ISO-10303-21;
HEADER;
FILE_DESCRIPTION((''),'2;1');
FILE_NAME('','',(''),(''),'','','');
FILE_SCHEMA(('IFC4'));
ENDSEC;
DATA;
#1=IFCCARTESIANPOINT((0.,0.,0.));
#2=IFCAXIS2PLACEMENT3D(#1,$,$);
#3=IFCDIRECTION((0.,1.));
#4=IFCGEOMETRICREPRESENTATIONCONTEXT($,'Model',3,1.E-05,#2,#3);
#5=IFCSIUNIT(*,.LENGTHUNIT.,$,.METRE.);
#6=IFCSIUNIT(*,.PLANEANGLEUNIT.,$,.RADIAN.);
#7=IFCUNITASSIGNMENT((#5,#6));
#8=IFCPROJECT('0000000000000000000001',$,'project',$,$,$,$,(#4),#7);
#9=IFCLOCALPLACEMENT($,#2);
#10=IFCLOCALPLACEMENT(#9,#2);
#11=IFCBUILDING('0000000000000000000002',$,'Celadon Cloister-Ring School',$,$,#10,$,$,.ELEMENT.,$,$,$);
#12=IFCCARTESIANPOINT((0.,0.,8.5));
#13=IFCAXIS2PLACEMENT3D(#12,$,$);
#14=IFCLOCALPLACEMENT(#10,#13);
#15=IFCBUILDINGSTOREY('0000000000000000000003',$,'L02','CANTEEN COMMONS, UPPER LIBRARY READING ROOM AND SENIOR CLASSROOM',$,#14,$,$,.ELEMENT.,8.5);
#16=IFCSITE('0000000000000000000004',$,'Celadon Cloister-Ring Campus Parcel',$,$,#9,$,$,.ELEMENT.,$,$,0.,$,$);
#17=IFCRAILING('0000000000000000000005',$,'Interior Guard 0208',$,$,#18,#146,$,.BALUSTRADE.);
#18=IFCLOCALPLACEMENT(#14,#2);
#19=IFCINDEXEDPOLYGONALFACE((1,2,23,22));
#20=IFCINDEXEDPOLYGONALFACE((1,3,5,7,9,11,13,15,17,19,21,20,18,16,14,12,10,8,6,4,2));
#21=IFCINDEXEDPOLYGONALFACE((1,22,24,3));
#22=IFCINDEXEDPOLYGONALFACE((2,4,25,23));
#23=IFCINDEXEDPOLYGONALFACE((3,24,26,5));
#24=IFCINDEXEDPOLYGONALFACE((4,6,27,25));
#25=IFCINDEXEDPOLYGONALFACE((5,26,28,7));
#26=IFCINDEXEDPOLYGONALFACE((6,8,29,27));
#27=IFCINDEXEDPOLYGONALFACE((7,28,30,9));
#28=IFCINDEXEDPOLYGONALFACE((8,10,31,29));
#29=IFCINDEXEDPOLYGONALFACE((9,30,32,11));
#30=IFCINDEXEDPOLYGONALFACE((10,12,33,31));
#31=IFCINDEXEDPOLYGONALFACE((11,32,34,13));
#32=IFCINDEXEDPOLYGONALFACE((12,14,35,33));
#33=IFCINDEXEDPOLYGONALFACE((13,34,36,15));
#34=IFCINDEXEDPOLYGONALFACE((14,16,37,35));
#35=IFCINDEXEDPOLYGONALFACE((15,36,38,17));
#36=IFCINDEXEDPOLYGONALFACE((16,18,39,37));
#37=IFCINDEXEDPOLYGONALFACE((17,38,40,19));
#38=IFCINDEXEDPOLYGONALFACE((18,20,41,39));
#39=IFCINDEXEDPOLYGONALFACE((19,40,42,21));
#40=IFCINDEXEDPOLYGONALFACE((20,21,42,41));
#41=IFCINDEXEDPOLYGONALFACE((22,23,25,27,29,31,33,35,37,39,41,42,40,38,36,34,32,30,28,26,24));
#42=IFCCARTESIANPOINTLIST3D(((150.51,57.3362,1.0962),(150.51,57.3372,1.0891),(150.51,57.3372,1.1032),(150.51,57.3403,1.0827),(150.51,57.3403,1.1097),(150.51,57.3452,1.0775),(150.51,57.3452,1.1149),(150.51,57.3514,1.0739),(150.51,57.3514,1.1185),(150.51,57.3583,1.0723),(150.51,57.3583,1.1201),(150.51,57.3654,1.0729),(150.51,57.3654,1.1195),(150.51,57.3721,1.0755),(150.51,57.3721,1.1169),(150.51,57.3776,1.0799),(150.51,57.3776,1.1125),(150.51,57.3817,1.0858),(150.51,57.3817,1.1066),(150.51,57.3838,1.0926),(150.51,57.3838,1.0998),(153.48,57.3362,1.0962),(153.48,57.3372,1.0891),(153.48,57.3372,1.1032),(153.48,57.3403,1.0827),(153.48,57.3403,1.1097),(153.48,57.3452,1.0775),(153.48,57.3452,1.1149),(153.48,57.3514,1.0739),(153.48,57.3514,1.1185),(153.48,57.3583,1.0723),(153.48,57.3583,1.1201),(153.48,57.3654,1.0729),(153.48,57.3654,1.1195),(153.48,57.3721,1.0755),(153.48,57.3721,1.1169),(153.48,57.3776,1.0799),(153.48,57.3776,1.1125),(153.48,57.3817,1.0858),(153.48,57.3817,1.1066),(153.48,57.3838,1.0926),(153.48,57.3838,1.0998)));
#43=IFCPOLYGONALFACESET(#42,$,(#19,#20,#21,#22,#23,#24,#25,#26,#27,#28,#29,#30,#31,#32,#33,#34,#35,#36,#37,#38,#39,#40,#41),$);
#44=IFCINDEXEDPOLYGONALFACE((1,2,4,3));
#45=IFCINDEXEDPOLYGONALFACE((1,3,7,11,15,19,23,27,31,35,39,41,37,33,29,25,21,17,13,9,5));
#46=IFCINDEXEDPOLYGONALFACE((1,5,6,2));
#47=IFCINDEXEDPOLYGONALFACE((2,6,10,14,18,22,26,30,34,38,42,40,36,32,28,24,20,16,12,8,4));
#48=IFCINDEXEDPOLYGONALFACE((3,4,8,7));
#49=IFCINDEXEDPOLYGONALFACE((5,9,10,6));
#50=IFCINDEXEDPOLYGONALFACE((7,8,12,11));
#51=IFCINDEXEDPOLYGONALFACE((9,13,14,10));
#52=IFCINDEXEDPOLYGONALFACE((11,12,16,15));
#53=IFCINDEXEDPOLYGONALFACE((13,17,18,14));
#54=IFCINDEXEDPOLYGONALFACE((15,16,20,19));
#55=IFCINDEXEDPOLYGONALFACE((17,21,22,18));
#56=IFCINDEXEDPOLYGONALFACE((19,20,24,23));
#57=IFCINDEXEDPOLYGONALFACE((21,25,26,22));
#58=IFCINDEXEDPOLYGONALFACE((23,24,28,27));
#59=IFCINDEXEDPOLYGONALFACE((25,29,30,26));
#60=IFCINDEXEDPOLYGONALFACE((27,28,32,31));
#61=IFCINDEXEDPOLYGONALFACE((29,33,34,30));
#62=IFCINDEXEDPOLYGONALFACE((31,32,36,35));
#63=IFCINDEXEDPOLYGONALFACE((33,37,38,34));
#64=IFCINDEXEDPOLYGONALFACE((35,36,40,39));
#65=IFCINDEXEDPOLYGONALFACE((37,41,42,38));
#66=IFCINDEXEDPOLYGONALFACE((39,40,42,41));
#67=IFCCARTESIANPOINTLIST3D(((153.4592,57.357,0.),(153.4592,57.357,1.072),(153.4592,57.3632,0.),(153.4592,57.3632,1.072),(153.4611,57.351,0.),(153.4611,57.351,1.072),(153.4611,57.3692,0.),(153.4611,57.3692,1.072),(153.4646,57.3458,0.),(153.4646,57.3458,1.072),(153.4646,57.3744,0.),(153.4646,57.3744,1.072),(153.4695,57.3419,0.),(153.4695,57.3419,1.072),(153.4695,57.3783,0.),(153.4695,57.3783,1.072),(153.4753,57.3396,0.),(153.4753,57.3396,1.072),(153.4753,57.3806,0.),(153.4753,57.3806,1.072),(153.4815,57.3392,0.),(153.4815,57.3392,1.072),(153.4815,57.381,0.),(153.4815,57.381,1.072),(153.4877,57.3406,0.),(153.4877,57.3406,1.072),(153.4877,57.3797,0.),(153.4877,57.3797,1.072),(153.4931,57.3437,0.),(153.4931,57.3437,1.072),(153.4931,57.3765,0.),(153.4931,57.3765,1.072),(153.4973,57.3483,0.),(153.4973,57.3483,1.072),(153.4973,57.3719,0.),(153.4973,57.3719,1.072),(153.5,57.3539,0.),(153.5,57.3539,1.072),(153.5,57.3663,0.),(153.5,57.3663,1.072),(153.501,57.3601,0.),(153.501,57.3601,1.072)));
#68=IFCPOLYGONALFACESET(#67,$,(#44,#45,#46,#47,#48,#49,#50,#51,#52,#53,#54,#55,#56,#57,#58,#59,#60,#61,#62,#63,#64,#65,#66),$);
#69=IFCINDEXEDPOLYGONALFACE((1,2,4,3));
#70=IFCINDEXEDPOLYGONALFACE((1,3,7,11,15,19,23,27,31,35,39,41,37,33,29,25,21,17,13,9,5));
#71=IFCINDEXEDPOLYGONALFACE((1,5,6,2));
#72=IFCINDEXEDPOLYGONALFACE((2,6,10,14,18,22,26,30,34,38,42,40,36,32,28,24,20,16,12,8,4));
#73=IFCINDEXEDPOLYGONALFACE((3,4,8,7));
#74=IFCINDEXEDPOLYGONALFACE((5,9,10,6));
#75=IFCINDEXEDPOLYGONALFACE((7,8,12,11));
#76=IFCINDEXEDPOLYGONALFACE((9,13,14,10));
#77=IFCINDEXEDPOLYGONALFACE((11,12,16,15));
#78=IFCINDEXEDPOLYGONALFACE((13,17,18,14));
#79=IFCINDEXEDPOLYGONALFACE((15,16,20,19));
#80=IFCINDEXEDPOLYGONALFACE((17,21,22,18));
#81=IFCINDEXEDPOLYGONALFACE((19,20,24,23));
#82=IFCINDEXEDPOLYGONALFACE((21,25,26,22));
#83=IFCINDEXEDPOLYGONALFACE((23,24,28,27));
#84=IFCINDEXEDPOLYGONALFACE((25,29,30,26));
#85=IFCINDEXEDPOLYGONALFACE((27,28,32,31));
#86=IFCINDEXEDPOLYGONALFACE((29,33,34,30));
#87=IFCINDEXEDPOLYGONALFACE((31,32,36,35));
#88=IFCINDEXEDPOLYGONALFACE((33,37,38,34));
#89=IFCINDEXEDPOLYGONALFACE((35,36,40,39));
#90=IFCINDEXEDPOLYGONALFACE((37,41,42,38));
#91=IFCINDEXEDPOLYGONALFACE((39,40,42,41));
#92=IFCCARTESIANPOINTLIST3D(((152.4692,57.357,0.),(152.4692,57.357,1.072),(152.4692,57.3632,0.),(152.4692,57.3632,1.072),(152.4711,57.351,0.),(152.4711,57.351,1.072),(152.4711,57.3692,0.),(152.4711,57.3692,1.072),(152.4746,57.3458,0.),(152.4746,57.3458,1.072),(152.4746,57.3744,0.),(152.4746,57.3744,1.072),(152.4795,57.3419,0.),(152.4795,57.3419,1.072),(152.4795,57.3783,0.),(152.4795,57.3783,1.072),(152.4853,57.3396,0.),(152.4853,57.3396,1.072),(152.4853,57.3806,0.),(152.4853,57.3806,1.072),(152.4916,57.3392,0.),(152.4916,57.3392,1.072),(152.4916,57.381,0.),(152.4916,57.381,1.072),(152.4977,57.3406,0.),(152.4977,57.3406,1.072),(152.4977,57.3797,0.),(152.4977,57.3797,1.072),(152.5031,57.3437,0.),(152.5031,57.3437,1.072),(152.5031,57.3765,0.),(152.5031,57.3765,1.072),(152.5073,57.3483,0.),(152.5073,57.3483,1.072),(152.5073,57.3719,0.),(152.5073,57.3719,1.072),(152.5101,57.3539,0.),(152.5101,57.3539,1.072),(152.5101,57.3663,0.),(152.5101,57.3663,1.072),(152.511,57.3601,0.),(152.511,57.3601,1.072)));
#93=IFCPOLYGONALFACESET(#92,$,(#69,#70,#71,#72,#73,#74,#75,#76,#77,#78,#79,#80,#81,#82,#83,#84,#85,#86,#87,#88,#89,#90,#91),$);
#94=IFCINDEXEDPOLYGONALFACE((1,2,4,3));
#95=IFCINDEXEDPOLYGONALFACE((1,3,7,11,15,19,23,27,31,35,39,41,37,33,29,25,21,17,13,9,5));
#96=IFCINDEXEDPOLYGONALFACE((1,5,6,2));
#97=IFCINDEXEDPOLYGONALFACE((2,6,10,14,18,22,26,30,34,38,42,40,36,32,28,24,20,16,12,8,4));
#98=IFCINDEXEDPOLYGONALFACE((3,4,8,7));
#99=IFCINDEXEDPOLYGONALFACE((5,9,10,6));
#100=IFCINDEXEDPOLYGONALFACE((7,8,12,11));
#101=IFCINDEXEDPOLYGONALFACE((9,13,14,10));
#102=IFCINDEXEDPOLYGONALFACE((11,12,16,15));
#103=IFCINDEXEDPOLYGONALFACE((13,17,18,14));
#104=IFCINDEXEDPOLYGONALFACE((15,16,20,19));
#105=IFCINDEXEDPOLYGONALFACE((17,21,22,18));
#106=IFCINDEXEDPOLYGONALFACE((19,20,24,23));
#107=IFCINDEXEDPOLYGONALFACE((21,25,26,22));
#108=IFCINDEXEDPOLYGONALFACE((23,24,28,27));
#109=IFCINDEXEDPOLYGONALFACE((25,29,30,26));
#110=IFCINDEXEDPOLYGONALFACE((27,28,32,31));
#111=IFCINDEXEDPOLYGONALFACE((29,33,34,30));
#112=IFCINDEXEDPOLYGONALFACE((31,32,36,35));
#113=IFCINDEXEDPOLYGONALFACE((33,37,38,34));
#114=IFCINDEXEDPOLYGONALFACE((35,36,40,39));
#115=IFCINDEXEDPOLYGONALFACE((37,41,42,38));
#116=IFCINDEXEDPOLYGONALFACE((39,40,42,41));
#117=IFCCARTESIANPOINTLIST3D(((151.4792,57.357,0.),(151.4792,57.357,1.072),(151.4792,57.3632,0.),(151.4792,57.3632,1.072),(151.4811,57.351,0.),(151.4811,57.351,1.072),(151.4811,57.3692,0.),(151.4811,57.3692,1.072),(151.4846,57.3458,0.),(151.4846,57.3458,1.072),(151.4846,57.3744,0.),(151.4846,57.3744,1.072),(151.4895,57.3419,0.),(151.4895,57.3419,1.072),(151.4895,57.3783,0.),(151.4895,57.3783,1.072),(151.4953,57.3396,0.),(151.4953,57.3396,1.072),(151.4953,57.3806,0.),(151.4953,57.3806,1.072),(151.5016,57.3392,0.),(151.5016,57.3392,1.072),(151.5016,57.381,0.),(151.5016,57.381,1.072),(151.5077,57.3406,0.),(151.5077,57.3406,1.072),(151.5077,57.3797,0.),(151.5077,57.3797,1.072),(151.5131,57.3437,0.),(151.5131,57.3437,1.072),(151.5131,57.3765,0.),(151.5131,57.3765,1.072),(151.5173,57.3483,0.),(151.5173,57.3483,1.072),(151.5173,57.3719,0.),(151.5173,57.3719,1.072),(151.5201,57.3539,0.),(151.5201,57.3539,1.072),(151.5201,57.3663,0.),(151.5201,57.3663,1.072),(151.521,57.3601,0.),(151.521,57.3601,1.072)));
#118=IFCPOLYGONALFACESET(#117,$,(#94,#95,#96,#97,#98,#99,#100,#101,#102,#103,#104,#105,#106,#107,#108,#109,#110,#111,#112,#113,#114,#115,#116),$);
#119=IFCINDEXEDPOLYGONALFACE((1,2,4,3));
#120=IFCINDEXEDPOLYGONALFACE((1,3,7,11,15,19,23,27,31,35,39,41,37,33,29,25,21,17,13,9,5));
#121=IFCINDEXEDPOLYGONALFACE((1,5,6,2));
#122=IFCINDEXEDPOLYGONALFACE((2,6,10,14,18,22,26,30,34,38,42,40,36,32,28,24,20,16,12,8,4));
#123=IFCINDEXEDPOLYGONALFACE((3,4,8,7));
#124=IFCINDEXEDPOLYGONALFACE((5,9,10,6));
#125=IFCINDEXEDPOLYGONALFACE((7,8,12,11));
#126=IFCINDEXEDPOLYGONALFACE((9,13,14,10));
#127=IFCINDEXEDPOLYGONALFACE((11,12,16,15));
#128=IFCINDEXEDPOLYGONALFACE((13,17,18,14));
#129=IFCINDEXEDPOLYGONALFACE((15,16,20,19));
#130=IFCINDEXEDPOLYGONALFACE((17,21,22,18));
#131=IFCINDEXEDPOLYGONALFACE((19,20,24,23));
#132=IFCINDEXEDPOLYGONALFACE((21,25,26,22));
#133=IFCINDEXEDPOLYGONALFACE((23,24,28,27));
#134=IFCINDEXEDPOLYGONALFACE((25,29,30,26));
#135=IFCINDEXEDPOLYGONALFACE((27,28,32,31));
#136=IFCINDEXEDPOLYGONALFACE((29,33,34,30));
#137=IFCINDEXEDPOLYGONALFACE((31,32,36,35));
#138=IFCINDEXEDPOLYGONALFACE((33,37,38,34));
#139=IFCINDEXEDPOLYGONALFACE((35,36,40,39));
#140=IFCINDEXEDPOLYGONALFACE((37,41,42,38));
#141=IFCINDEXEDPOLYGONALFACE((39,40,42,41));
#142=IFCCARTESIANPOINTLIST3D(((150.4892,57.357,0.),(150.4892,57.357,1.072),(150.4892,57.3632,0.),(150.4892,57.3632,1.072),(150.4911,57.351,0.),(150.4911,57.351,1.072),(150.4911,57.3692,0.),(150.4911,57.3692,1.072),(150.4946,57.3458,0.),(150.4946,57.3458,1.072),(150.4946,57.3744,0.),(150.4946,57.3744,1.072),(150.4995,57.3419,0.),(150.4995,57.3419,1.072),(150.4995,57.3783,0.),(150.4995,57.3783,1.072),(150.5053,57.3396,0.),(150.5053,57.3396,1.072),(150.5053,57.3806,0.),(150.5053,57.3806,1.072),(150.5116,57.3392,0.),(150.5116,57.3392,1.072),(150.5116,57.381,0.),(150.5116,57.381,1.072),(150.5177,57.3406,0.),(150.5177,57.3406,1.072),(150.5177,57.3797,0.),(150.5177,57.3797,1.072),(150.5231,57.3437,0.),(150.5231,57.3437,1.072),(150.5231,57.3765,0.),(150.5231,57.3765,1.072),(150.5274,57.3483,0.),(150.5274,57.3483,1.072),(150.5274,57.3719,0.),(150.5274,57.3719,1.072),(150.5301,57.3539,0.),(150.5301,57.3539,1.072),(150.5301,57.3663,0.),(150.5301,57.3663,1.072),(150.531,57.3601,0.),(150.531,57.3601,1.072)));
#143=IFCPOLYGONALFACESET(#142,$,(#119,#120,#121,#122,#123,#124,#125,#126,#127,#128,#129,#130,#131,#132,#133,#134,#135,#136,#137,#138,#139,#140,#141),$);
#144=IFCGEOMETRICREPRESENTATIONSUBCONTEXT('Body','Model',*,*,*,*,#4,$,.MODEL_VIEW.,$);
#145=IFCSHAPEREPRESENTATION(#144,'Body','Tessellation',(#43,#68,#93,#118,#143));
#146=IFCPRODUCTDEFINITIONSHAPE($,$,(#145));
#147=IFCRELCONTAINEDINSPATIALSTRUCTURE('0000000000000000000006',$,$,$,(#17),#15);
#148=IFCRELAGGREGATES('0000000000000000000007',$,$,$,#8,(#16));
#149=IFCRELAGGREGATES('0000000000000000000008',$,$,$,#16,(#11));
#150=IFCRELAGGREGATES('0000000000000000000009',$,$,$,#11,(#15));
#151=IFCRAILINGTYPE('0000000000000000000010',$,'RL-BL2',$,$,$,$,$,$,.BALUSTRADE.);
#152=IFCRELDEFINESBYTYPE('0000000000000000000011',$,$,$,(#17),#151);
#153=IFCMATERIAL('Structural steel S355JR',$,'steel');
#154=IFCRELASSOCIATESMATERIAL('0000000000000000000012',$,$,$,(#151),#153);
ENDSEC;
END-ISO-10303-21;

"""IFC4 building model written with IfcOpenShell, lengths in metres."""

from ifc_helpers import new_model, si_unit, direction, frame, origin, origin_2d, place, context, subcontext, project, spatial, circle, extrude, material, type_object, element, save


model = new_model("IFC4")

# Units and contexts
model_context = context("Model", 3, precision=1e-05, world=origin(), true_north=direction((0.0, 1.0)))
body_context = subcontext(model_context, "Body", "Model", "MODEL_VIEW")
ifc_project = project(units=[si_unit("LENGTHUNIT", "METRE"), si_unit("PLANEANGLEUNIT", "RADIAN")], contexts=[model_context])

# Site, building, storey
site_placement = place(None, origin())
site = spatial("IfcSite", under=ifc_project, at=site_placement, Name="Celadon Cloister-Ring Campus Parcel", CompositionType="ELEMENT", RefElevation=0.0)
building_placement = place(site_placement, origin())
building = spatial("IfcBuilding", under=site, at=building_placement, Name="Celadon Cloister-Ring School", CompositionType="ELEMENT")
storey_placement = place(building_placement, frame((0.0, 0.0, 8.5)))
storey = spatial("IfcBuildingStorey", under=building, at=storey_placement, Name="L02", Description="CANTEEN COMMONS, UPPER LIBRARY READING ROOM AND SENIOR CLASSROOM", CompositionType="ELEMENT", Elevation=8.5)

# Railing
ifc_material_1 = material(Name="Structural steel S355JR", Category="steel")
railing_type_1 = type_object("IfcRailingType", Name="RL-BL2", PredefinedType="BALUSTRADE", material=ifc_material_1)
railing_1_placement = place(storey_placement, frame((153.48, 57.3601, 0.0)))
element("IfcRailing", 1, at=railing_1_placement, inside=storey, type_object=railing_type_1, Name="Interior Guard 0208", PredefinedType="BALUSTRADE", context=body_context, shape_type="SweptSolid", body=[
    extrude(circle(Radius=0.0239, at=origin_2d()), frame((0.0, 0.0, 1.0962), z_axis=(-1.0, 0.0, 0.0), x_axis=(0.0, -1.0, 0.0)), (0.0, 0.0, 1.0), 2.97),
    extrude(circle(Radius=0.021, at=origin_2d()), origin(), (0.0, 0.0, 1.0), 1.072),
    extrude(circle(Radius=0.021, at=origin_2d()), frame((-0.99, 0.0, 0.0)), (0.0, 0.0, 1.0), 1.072),
    extrude(circle(Radius=0.021, at=origin_2d()), frame((-1.98, 0.0, 0.0)), (0.0, 0.0, 1.0), 1.072),
    extrude(circle(Radius=0.021, at=origin_2d()), frame((-2.97, 0.0, 0.0)), (0.0, 0.0, 1.0), 1.072),
])

save(model, "model.ifc")
